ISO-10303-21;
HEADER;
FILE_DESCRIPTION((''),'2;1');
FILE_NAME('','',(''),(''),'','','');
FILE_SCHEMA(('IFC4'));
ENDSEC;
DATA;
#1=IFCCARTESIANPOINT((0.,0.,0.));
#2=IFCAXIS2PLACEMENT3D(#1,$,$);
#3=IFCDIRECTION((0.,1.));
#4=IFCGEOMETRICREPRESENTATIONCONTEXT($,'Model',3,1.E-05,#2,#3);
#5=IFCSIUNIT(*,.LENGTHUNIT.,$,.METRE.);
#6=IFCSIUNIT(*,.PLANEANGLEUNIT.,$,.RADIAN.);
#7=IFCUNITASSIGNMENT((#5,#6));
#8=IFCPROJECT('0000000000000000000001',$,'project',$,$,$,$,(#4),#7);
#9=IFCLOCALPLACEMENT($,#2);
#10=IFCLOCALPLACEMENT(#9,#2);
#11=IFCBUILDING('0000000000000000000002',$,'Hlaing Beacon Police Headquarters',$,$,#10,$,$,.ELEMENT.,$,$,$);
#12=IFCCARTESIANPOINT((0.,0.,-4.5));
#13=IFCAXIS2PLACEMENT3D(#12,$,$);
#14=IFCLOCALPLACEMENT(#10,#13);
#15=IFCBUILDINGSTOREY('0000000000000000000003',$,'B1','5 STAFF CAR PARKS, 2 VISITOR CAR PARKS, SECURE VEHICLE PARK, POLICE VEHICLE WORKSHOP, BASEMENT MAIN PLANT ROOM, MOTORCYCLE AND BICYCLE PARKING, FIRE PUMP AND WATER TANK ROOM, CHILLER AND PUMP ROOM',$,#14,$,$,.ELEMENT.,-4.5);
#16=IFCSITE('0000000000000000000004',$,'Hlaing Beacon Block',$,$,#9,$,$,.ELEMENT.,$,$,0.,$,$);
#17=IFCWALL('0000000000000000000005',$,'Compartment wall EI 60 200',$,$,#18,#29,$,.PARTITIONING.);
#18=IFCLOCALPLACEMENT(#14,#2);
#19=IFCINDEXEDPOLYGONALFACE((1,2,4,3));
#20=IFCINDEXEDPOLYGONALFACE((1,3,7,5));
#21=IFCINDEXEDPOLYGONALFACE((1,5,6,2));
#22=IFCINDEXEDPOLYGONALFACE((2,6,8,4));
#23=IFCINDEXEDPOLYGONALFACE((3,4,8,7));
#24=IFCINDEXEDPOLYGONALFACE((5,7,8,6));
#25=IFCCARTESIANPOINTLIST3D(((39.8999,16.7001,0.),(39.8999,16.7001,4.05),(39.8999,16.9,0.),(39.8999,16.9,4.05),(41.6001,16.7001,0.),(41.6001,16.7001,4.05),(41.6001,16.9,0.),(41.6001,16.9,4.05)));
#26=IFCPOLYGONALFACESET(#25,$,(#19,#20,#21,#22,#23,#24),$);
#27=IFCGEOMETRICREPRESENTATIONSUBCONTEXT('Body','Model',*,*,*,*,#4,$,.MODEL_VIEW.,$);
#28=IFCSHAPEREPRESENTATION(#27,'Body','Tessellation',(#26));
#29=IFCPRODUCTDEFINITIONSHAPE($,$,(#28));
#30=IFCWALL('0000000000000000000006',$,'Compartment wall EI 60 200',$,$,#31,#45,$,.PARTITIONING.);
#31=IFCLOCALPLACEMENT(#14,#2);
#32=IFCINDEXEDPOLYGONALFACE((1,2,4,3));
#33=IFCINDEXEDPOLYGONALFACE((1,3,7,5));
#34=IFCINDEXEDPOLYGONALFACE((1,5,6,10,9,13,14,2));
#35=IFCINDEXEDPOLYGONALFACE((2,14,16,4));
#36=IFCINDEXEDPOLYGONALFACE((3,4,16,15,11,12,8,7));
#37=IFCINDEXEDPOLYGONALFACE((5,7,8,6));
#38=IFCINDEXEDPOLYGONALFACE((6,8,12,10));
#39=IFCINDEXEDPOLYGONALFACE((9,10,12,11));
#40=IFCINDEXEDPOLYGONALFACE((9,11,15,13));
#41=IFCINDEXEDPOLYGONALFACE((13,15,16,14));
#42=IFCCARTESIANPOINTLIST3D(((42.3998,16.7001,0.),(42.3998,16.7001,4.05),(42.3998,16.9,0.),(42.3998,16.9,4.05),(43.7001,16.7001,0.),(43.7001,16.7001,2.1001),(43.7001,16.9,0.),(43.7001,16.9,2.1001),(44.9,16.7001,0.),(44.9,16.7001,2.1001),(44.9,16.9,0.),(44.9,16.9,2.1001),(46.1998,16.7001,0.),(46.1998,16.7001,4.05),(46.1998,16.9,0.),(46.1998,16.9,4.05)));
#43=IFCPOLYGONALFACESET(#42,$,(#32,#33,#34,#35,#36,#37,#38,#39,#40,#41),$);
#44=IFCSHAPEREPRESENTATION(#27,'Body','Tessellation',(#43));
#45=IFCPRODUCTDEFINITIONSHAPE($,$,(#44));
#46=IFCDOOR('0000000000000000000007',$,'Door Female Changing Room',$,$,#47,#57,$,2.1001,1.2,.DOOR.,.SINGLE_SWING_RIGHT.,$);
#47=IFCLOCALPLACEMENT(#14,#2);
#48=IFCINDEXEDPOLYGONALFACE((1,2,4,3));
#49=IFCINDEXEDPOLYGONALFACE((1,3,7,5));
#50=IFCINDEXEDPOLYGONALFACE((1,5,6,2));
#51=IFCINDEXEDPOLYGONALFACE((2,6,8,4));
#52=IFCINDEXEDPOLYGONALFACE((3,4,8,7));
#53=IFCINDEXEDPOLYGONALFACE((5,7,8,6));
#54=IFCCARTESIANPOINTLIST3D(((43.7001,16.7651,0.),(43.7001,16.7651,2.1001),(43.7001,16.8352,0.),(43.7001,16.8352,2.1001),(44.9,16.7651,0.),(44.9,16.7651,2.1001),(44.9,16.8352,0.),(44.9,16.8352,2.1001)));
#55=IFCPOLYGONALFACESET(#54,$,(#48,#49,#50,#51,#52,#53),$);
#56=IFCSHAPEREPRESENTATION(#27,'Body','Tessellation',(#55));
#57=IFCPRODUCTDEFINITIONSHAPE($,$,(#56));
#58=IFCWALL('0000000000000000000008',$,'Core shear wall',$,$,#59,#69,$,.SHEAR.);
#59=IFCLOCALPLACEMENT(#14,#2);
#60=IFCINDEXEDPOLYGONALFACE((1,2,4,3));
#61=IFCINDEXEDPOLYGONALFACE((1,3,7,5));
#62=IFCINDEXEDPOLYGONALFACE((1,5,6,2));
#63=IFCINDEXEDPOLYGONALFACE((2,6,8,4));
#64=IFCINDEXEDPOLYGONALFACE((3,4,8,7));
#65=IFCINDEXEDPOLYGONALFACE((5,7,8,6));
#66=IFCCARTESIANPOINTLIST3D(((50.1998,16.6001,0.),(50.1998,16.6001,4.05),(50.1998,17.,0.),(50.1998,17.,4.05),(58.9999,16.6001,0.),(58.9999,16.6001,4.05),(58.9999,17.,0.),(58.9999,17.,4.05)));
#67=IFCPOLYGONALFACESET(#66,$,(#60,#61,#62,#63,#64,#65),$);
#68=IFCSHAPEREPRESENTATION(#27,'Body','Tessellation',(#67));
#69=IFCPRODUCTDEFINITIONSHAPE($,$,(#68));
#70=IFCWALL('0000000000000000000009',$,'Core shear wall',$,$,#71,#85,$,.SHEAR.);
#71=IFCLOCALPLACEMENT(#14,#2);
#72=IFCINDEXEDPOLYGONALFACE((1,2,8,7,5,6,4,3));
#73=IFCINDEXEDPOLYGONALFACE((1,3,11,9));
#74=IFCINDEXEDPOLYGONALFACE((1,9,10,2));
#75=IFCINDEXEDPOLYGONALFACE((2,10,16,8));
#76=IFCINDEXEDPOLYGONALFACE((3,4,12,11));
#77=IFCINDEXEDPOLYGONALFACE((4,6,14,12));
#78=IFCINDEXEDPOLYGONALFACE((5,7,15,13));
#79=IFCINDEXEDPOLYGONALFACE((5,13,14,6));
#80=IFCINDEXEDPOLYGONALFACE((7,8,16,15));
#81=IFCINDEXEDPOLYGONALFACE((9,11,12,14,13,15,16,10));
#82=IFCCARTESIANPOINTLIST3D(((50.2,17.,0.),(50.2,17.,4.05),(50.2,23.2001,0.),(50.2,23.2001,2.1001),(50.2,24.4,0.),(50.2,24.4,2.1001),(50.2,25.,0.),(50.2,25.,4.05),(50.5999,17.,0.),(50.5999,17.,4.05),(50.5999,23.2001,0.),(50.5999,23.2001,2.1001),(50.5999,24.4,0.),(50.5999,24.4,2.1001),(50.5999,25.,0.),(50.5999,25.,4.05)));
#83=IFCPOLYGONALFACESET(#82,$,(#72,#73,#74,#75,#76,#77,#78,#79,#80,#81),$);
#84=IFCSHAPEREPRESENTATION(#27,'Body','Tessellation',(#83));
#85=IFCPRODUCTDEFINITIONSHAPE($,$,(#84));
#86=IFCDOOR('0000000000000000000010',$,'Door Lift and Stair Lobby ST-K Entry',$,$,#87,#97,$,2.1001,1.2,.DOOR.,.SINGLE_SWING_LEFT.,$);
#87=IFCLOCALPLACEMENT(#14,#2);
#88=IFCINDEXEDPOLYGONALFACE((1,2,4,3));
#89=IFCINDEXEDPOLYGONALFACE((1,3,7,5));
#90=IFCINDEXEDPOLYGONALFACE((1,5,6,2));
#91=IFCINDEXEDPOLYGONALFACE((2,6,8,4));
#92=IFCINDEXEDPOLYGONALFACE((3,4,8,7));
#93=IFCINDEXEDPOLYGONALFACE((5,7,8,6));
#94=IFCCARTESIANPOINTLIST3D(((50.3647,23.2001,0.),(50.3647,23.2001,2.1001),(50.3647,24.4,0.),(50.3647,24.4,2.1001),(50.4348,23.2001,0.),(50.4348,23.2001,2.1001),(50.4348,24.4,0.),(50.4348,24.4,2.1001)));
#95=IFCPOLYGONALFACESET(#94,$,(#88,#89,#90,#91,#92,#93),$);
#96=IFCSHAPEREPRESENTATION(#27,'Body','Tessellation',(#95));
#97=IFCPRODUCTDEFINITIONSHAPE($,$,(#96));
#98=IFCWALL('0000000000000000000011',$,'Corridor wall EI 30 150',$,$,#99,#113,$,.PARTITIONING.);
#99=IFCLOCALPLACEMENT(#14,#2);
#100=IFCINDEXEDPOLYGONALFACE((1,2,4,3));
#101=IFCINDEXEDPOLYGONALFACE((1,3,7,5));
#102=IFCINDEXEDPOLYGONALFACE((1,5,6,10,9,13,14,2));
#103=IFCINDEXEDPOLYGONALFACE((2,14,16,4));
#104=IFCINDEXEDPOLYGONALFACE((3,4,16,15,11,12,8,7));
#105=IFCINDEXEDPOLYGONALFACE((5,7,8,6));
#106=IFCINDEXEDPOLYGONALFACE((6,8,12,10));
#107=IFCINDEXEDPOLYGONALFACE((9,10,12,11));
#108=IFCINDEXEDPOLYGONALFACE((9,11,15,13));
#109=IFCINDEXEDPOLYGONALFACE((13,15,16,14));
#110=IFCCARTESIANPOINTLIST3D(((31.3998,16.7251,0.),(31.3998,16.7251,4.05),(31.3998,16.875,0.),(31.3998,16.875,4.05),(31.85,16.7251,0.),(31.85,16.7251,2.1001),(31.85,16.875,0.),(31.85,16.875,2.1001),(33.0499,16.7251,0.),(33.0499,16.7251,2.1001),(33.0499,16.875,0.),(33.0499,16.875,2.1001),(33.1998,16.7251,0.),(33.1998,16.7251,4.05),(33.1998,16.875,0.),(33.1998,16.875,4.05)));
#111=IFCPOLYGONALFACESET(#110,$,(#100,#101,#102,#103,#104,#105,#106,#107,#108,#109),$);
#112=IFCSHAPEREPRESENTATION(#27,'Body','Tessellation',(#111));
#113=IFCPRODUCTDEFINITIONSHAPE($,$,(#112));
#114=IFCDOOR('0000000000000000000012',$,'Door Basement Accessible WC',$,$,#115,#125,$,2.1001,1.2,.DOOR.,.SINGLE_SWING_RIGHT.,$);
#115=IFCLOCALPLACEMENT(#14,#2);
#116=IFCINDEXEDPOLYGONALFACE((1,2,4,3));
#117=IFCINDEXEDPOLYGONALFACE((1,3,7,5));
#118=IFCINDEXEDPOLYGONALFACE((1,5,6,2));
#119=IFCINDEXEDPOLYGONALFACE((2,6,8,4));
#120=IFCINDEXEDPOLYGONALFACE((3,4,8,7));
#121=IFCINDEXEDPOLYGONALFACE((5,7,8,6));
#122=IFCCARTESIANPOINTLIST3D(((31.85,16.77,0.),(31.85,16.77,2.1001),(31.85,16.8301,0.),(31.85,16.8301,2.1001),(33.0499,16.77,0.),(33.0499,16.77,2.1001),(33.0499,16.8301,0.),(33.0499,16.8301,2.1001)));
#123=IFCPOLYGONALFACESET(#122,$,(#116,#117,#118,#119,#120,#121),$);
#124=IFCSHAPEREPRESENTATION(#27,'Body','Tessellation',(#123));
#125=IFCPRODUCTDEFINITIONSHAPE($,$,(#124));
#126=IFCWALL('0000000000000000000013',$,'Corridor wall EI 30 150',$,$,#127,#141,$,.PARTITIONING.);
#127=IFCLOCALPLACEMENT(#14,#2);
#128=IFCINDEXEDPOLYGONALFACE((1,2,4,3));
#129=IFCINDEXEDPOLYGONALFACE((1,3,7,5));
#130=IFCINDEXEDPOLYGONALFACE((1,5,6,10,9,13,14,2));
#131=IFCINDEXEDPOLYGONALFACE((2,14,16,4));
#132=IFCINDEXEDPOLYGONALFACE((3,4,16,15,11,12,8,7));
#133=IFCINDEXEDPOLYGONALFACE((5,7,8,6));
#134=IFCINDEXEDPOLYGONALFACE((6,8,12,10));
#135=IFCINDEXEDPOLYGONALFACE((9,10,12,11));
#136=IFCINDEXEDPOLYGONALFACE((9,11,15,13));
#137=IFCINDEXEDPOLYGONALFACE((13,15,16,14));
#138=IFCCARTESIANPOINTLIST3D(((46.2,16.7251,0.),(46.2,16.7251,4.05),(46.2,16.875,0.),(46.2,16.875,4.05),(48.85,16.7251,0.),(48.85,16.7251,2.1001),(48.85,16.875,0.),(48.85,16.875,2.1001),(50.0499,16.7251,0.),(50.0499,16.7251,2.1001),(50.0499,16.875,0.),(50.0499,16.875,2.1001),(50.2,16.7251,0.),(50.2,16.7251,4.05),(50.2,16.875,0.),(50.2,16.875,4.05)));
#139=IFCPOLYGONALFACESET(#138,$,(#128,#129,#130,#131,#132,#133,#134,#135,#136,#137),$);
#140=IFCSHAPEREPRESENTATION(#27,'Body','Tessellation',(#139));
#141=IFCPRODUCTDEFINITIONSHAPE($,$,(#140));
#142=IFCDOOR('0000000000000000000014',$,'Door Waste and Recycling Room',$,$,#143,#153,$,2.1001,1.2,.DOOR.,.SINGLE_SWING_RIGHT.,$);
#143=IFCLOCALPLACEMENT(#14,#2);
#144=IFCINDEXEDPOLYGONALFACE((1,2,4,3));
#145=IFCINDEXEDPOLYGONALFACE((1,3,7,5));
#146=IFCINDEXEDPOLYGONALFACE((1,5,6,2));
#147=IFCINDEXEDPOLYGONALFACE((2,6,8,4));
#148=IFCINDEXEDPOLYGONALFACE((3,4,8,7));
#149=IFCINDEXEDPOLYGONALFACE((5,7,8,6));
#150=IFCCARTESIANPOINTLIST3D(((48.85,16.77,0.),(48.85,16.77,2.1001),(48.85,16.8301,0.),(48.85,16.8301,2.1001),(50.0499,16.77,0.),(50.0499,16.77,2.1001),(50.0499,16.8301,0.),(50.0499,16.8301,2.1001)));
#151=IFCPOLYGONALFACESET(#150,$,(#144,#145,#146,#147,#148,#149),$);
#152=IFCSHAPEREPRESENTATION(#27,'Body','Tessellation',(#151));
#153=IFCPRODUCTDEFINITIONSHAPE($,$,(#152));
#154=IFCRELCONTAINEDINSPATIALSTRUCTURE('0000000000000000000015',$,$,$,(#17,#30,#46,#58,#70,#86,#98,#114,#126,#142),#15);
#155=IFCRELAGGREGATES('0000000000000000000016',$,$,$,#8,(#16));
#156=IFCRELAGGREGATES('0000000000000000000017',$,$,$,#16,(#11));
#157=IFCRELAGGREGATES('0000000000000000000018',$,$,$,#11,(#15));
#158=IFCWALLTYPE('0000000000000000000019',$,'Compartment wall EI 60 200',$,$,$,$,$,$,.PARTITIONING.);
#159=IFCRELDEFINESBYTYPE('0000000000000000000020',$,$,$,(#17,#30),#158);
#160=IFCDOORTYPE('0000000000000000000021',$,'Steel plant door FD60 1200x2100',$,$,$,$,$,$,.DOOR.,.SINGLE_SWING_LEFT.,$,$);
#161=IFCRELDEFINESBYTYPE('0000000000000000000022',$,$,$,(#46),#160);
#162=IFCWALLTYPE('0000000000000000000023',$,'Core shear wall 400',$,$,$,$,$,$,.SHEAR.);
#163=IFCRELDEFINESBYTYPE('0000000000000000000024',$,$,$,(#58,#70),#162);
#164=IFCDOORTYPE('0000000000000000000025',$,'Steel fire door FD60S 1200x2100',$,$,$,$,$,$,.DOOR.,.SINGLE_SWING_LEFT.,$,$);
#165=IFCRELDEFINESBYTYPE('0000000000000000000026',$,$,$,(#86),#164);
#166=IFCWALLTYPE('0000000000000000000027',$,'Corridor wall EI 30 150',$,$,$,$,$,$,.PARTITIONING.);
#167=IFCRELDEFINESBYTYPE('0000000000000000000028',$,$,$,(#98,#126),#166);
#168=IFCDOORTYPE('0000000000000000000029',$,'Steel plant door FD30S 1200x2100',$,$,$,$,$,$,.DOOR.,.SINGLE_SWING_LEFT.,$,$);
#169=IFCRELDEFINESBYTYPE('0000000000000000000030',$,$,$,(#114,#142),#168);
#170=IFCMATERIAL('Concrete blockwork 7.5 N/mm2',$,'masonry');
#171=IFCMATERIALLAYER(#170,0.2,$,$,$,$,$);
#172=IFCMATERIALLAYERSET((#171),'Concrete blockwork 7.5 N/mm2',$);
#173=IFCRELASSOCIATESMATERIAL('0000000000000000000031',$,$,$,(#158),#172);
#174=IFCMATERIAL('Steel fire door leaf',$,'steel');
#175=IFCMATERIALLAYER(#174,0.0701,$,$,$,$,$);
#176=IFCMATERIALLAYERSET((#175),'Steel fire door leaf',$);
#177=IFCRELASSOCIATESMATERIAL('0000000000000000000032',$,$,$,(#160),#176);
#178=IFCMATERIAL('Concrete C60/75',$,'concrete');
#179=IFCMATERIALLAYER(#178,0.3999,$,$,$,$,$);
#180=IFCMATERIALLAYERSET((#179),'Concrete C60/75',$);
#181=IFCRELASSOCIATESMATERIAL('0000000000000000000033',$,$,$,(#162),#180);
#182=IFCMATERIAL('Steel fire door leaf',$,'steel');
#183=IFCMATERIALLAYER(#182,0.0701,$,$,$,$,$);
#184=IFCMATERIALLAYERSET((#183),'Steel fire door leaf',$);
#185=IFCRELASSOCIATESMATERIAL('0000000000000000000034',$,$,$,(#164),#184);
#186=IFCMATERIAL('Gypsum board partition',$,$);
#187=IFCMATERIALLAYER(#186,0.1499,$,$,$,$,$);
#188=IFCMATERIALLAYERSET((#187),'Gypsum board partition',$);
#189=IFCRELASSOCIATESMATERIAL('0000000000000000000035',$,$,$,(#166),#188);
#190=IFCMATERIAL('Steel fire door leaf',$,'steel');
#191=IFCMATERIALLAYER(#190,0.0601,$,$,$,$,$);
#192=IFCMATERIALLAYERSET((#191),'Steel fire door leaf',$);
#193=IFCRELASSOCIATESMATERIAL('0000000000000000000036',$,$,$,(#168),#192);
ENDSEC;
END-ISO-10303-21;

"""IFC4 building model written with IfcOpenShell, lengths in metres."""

from ifc_helpers import new_model, si_unit, direction, frame, frame_2d, origin, place, context, subcontext, project, spatial, rectangle, extrude, material, layer, layer_set, type_object, element, fill, save


model = new_model("IFC4")

# Units and contexts
model_context = context("Model", 3, precision=1e-05, world=origin(), true_north=direction((0.0, 1.0)))
body_context = subcontext(model_context, "Body", "Model", "MODEL_VIEW")
ifc_project = project(units=[si_unit("LENGTHUNIT", "METRE"), si_unit("PLANEANGLEUNIT", "RADIAN")], contexts=[model_context])

# Site, building, storey
site_placement = place(None, origin())
site = spatial("IfcSite", under=ifc_project, at=site_placement, Name="Hlaing Beacon Block", CompositionType="ELEMENT", RefElevation=0.0)
building_placement = place(site_placement, origin())
building = spatial("IfcBuilding", under=site, at=building_placement, Name="Hlaing Beacon Police Headquarters", CompositionType="ELEMENT")
storey_placement = place(building_placement, frame((0.0, 0.0, -4.5)))
storey = spatial("IfcBuildingStorey", under=building, at=storey_placement, Name="B1", Description="5 STAFF CAR PARKS, 2 VISITOR CAR PARKS, SECURE VEHICLE PARK, POLICE VEHICLE WORKSHOP, BASEMENT MAIN PLANT ROOM, MOTORCYCLE AND BICYCLE PARKING, FIRE PUMP AND WATER TANK ROOM, CHILLER AND PUMP ROOM", CompositionType="ELEMENT", Elevation=-4.5)

# Shared definitions
ifc_material_1 = material(Name="Concrete blockwork 7.5 N/mm2", Category="masonry")
ifc_layer_1 = layer(ifc_material_1, 0.2)
ifc_layer_set_1 = layer_set([ifc_layer_1], Name="Concrete blockwork 7.5 N/mm2")
wall_type_1 = type_object("IfcWallType", Name="Compartment wall EI 60 200", PredefinedType="PARTITIONING", material=ifc_layer_set_1)
ifc_material_2 = material(Name="Steel fire door leaf", Category="steel")
ifc_layer_2 = layer(ifc_material_2, 0.0701)
ifc_layer_set_2 = layer_set([ifc_layer_2], Name="Steel fire door leaf")
door_type_1 = type_object("IfcDoorType", Name="Steel plant door FD60 1200x2100", OperationType="SINGLE_SWING_LEFT", PredefinedType="DOOR", material=ifc_layer_set_2)

# Wall
wall_1_placement = place(storey_placement, frame((39.8999, 16.8, 0.0), z_axis=(0.0, 0.0, 1.0), x_axis=(1.0, 0.0, 0.0)))
element("IfcWall", 1, at=wall_1_placement, inside=storey, type_object=wall_type_1, Name="Compartment wall EI 60 200", PredefinedType="PARTITIONING", context=body_context, shape_type="SweptSolid", body=[
    extrude(rectangle(XDim=1.7002, YDim=0.2, at=frame_2d((0.8501, 0.0))), origin(), (0.0, 0.0, 1.0), 4.05),
])

# Wall, opening, door
wall_2_placement = place(storey_placement, frame((42.3999, 16.8, 0.0), z_axis=(0.0, 0.0, 1.0), x_axis=(1.0, 0.0, 0.0)))
wall_2 = element("IfcWall", 2, at=wall_2_placement, inside=storey, type_object=wall_type_1, Name="Compartment wall EI 60 200", PredefinedType="PARTITIONING", context=body_context, shape_type="SweptSolid", body=[
    extrude(rectangle(XDim=3.8, YDim=0.2, at=frame_2d((1.8999, 0.0))), origin(), (0.0, 0.0, 1.0), 4.05),
])
opening_1_placement = place(wall_2_placement, frame((1.3, 0.0, 0.0)))
opening_1 = element("IfcOpeningElement", 3, at=opening_1_placement, cuts=wall_2, PredefinedType="OPENING", context=body_context, shape_type="SweptSolid", body=[
    extrude(rectangle(XDim=1.2, YDim=2.1001, at=frame_2d((0.6001, 1.05))), frame((0.0, 0.1099, 0.0), z_axis=(0.0, -1.0, 0.0), x_axis=(1.0, 0.0, 0.0)), (0.0, 0.0, 1.0), 0.22),
])
door_1_placement = place(opening_1_placement, frame((1.2, 0.0, 0.0), z_axis=(0.0, 0.0, 1.0), x_axis=(-1.0, 0.0, 0.0)))
door_1 = element("IfcDoor", 4, at=door_1_placement, inside=storey, type_object=door_type_1, Name="Door Female Changing Room", OperationType="SINGLE_SWING_RIGHT", OverallHeight=2.1001, OverallWidth=1.2, PredefinedType="DOOR", context=body_context, shape_type="SweptSolid", body=[
    extrude(rectangle(XDim=1.2, YDim=2.1001, at=frame_2d((0.5999, 1.05))), frame((0.0, 0.0349, 0.0), z_axis=(0.0, -1.0, 0.0), x_axis=(1.0, 0.0, 0.0)), (0.0, 0.0, 1.0), 0.0701),
])
fill(opening_1, door_1)

# Wall
ifc_material_3 = material(Name="Concrete C60/75", Category="concrete")
ifc_layer_3 = layer(ifc_material_3, 0.3999)
ifc_layer_set_3 = layer_set([ifc_layer_3], Name="Concrete C60/75")
wall_type_2 = type_object("IfcWallType", Name="Core shear wall 400", PredefinedType="SHEAR", material=ifc_layer_set_3)
wall_3_placement = place(storey_placement, frame((50.2, 16.8, 0.0), z_axis=(0.0, 0.0, 1.0), x_axis=(1.0, 0.0, 0.0)))
element("IfcWall", 5, at=wall_3_placement, inside=storey, type_object=wall_type_2, Name="Core shear wall", PredefinedType="SHEAR", context=body_context, shape_type="SweptSolid", body=[
    extrude(rectangle(XDim=8.8, YDim=0.3999, at=frame_2d((4.3999, 0.0))), origin(), (0.0, 0.0, 1.0), 4.05),
])

# Walls, openings, doors
wall_4_placement = place(storey_placement, frame((50.3999, 17.0, 0.0), z_axis=(0.0, 0.0, 1.0), x_axis=(0.0, 1.0, 0.0)))
wall_4 = element("IfcWall", 6, at=wall_4_placement, inside=storey, type_object=wall_type_2, Name="Core shear wall", PredefinedType="SHEAR", context=body_context, shape_type="SweptSolid", body=[
    extrude(rectangle(XDim=8.0, YDim=0.3999, at=frame_2d((4.0, 0.0))), origin(), (0.0, 0.0, 1.0), 4.05),
])
opening_2_placement = place(wall_4_placement, frame((6.2, 0.0, 0.0)))
opening_2 = element("IfcOpeningElement", 7, at=opening_2_placement, cuts=wall_4, PredefinedType="OPENING", context=body_context, shape_type="SweptSolid", body=[
    extrude(rectangle(XDim=1.2, YDim=2.1001, at=frame_2d((0.6001, 1.05))), frame((0.0, 0.21, 0.0), z_axis=(0.0, -1.0, 0.0), x_axis=(1.0, 0.0, 0.0)), (0.0, 0.0, 1.0), 0.4199),
])
ifc_material_4 = material(Name="Steel fire door leaf", Category="steel")
ifc_layer_4 = layer(ifc_material_4, 0.0701)
ifc_layer_set_4 = layer_set([ifc_layer_4], Name="Steel fire door leaf")
door_type_2 = type_object("IfcDoorType", Name="Steel fire door FD60S 1200x2100", OperationType="SINGLE_SWING_LEFT", PredefinedType="DOOR", material=ifc_layer_set_4)
door_2_placement = place(opening_2_placement, frame((1.2, 0.0, 0.0), z_axis=(0.0, 0.0, 1.0), x_axis=(-1.0, 0.0, 0.0)))
door_2 = element("IfcDoor", 8, at=door_2_placement, inside=storey, type_object=door_type_2, Name="Door Lift and Stair Lobby ST-K Entry", OperationType="SINGLE_SWING_LEFT", OverallHeight=2.1001, OverallWidth=1.2, PredefinedType="DOOR", context=body_context, shape_type="SweptSolid", body=[
    extrude(rectangle(XDim=1.2, YDim=2.1001, at=frame_2d((0.5999, 1.05))), frame((0.0, 0.0349, 0.0), z_axis=(0.0, -1.0, 0.0), x_axis=(1.0, 0.0, 0.0)), (0.0, 0.0, 1.0), 0.0701),
])
fill(opening_2, door_2)
ifc_material_5 = material(Name="Gypsum board partition")
ifc_layer_5 = layer(ifc_material_5, 0.1499)
ifc_layer_set_5 = layer_set([ifc_layer_5], Name="Gypsum board partition")
wall_type_3 = type_object("IfcWallType", Name="Corridor wall EI 30 150", PredefinedType="PARTITIONING", material=ifc_layer_set_5)
wall_5_placement = place(storey_placement, frame((31.3999, 16.8, 0.0), z_axis=(0.0, 0.0, 1.0), x_axis=(1.0, 0.0, 0.0)))
wall_5 = element("IfcWall", 9, at=wall_5_placement, inside=storey, type_object=wall_type_3, Name="Corridor wall EI 30 150", PredefinedType="PARTITIONING", context=body_context, shape_type="SweptSolid", body=[
    extrude(rectangle(XDim=1.8, YDim=0.1499, at=frame_2d((0.8999, 0.0))), origin(), (0.0, 0.0, 1.0), 4.05),
])
opening_3_placement = place(wall_5_placement, frame((0.45, 0.0, 0.0)))
opening_3 = element("IfcOpeningElement", 10, at=opening_3_placement, cuts=wall_5, PredefinedType="OPENING", context=body_context, shape_type="SweptSolid", body=[
    extrude(rectangle(XDim=1.2, YDim=2.1001, at=frame_2d((0.6001, 1.05))), frame((0.0, 0.085, 0.0), z_axis=(0.0, -1.0, 0.0), x_axis=(1.0, 0.0, 0.0)), (0.0, 0.0, 1.0), 0.1699),
])
ifc_material_6 = material(Name="Steel fire door leaf", Category="steel")
ifc_layer_6 = layer(ifc_material_6, 0.0601)
ifc_layer_set_6 = layer_set([ifc_layer_6], Name="Steel fire door leaf")
door_type_3 = type_object("IfcDoorType", Name="Steel plant door FD30S 1200x2100", OperationType="SINGLE_SWING_LEFT", PredefinedType="DOOR", material=ifc_layer_set_6)
door_3_placement = place(opening_3_placement, frame((1.2, 0.0, 0.0), z_axis=(0.0, 0.0, 1.0), x_axis=(-1.0, 0.0, 0.0)))
door_3 = element("IfcDoor", 11, at=door_3_placement, inside=storey, type_object=door_type_3, Name="Door Basement Accessible WC", OperationType="SINGLE_SWING_RIGHT", OverallHeight=2.1001, OverallWidth=1.2, PredefinedType="DOOR", context=body_context, shape_type="SweptSolid", body=[
    extrude(rectangle(XDim=1.2, YDim=2.1001, at=frame_2d((0.5999, 1.05))), frame((0.0, 0.03, 0.0), z_axis=(0.0, -1.0, 0.0), x_axis=(1.0, 0.0, 0.0)), (0.0, 0.0, 1.0), 0.0601),
])
fill(opening_3, door_3)
wall_6_placement = place(storey_placement, frame((46.2, 16.8, 0.0), z_axis=(0.0, 0.0, 1.0), x_axis=(1.0, 0.0, 0.0)))
wall_6 = element("IfcWall", 12, at=wall_6_placement, inside=storey, type_object=wall_type_3, Name="Corridor wall EI 30 150", PredefinedType="PARTITIONING", context=body_context, shape_type="SweptSolid", body=[
    extrude(rectangle(XDim=4.0, YDim=0.1499, at=frame_2d((2.0, 0.0))), origin(), (0.0, 0.0, 1.0), 4.05),
])
opening_4_placement = place(wall_6_placement, frame((2.6499, 0.0, 0.0)))
opening_4 = element("IfcOpeningElement", 13, at=opening_4_placement, cuts=wall_6, PredefinedType="OPENING", context=body_context, shape_type="SweptSolid", body=[
    extrude(rectangle(XDim=1.2, YDim=2.1001, at=frame_2d((0.6001, 1.05))), frame((0.0, 0.085, 0.0), z_axis=(0.0, -1.0, 0.0), x_axis=(1.0, 0.0, 0.0)), (0.0, 0.0, 1.0), 0.1699),
])
door_4_placement = place(opening_4_placement, frame((1.2, 0.0, 0.0), z_axis=(0.0, 0.0, 1.0), x_axis=(-1.0, 0.0, 0.0)))
door_4 = element("IfcDoor", 14, at=door_4_placement, inside=storey, type_object=door_type_3, Name="Door Waste and Recycling Room", OperationType="SINGLE_SWING_RIGHT", OverallHeight=2.1001, OverallWidth=1.2, PredefinedType="DOOR", context=body_context, shape_type="SweptSolid", body=[
    extrude(rectangle(XDim=1.2, YDim=2.1001, at=frame_2d((0.5999, 1.05))), frame((0.0, 0.03, 0.0), z_axis=(0.0, -1.0, 0.0), x_axis=(1.0, 0.0, 0.0)), (0.0, 0.0, 1.0), 0.0601),
])
fill(opening_4, door_4)

save(model, "model.ifc")
